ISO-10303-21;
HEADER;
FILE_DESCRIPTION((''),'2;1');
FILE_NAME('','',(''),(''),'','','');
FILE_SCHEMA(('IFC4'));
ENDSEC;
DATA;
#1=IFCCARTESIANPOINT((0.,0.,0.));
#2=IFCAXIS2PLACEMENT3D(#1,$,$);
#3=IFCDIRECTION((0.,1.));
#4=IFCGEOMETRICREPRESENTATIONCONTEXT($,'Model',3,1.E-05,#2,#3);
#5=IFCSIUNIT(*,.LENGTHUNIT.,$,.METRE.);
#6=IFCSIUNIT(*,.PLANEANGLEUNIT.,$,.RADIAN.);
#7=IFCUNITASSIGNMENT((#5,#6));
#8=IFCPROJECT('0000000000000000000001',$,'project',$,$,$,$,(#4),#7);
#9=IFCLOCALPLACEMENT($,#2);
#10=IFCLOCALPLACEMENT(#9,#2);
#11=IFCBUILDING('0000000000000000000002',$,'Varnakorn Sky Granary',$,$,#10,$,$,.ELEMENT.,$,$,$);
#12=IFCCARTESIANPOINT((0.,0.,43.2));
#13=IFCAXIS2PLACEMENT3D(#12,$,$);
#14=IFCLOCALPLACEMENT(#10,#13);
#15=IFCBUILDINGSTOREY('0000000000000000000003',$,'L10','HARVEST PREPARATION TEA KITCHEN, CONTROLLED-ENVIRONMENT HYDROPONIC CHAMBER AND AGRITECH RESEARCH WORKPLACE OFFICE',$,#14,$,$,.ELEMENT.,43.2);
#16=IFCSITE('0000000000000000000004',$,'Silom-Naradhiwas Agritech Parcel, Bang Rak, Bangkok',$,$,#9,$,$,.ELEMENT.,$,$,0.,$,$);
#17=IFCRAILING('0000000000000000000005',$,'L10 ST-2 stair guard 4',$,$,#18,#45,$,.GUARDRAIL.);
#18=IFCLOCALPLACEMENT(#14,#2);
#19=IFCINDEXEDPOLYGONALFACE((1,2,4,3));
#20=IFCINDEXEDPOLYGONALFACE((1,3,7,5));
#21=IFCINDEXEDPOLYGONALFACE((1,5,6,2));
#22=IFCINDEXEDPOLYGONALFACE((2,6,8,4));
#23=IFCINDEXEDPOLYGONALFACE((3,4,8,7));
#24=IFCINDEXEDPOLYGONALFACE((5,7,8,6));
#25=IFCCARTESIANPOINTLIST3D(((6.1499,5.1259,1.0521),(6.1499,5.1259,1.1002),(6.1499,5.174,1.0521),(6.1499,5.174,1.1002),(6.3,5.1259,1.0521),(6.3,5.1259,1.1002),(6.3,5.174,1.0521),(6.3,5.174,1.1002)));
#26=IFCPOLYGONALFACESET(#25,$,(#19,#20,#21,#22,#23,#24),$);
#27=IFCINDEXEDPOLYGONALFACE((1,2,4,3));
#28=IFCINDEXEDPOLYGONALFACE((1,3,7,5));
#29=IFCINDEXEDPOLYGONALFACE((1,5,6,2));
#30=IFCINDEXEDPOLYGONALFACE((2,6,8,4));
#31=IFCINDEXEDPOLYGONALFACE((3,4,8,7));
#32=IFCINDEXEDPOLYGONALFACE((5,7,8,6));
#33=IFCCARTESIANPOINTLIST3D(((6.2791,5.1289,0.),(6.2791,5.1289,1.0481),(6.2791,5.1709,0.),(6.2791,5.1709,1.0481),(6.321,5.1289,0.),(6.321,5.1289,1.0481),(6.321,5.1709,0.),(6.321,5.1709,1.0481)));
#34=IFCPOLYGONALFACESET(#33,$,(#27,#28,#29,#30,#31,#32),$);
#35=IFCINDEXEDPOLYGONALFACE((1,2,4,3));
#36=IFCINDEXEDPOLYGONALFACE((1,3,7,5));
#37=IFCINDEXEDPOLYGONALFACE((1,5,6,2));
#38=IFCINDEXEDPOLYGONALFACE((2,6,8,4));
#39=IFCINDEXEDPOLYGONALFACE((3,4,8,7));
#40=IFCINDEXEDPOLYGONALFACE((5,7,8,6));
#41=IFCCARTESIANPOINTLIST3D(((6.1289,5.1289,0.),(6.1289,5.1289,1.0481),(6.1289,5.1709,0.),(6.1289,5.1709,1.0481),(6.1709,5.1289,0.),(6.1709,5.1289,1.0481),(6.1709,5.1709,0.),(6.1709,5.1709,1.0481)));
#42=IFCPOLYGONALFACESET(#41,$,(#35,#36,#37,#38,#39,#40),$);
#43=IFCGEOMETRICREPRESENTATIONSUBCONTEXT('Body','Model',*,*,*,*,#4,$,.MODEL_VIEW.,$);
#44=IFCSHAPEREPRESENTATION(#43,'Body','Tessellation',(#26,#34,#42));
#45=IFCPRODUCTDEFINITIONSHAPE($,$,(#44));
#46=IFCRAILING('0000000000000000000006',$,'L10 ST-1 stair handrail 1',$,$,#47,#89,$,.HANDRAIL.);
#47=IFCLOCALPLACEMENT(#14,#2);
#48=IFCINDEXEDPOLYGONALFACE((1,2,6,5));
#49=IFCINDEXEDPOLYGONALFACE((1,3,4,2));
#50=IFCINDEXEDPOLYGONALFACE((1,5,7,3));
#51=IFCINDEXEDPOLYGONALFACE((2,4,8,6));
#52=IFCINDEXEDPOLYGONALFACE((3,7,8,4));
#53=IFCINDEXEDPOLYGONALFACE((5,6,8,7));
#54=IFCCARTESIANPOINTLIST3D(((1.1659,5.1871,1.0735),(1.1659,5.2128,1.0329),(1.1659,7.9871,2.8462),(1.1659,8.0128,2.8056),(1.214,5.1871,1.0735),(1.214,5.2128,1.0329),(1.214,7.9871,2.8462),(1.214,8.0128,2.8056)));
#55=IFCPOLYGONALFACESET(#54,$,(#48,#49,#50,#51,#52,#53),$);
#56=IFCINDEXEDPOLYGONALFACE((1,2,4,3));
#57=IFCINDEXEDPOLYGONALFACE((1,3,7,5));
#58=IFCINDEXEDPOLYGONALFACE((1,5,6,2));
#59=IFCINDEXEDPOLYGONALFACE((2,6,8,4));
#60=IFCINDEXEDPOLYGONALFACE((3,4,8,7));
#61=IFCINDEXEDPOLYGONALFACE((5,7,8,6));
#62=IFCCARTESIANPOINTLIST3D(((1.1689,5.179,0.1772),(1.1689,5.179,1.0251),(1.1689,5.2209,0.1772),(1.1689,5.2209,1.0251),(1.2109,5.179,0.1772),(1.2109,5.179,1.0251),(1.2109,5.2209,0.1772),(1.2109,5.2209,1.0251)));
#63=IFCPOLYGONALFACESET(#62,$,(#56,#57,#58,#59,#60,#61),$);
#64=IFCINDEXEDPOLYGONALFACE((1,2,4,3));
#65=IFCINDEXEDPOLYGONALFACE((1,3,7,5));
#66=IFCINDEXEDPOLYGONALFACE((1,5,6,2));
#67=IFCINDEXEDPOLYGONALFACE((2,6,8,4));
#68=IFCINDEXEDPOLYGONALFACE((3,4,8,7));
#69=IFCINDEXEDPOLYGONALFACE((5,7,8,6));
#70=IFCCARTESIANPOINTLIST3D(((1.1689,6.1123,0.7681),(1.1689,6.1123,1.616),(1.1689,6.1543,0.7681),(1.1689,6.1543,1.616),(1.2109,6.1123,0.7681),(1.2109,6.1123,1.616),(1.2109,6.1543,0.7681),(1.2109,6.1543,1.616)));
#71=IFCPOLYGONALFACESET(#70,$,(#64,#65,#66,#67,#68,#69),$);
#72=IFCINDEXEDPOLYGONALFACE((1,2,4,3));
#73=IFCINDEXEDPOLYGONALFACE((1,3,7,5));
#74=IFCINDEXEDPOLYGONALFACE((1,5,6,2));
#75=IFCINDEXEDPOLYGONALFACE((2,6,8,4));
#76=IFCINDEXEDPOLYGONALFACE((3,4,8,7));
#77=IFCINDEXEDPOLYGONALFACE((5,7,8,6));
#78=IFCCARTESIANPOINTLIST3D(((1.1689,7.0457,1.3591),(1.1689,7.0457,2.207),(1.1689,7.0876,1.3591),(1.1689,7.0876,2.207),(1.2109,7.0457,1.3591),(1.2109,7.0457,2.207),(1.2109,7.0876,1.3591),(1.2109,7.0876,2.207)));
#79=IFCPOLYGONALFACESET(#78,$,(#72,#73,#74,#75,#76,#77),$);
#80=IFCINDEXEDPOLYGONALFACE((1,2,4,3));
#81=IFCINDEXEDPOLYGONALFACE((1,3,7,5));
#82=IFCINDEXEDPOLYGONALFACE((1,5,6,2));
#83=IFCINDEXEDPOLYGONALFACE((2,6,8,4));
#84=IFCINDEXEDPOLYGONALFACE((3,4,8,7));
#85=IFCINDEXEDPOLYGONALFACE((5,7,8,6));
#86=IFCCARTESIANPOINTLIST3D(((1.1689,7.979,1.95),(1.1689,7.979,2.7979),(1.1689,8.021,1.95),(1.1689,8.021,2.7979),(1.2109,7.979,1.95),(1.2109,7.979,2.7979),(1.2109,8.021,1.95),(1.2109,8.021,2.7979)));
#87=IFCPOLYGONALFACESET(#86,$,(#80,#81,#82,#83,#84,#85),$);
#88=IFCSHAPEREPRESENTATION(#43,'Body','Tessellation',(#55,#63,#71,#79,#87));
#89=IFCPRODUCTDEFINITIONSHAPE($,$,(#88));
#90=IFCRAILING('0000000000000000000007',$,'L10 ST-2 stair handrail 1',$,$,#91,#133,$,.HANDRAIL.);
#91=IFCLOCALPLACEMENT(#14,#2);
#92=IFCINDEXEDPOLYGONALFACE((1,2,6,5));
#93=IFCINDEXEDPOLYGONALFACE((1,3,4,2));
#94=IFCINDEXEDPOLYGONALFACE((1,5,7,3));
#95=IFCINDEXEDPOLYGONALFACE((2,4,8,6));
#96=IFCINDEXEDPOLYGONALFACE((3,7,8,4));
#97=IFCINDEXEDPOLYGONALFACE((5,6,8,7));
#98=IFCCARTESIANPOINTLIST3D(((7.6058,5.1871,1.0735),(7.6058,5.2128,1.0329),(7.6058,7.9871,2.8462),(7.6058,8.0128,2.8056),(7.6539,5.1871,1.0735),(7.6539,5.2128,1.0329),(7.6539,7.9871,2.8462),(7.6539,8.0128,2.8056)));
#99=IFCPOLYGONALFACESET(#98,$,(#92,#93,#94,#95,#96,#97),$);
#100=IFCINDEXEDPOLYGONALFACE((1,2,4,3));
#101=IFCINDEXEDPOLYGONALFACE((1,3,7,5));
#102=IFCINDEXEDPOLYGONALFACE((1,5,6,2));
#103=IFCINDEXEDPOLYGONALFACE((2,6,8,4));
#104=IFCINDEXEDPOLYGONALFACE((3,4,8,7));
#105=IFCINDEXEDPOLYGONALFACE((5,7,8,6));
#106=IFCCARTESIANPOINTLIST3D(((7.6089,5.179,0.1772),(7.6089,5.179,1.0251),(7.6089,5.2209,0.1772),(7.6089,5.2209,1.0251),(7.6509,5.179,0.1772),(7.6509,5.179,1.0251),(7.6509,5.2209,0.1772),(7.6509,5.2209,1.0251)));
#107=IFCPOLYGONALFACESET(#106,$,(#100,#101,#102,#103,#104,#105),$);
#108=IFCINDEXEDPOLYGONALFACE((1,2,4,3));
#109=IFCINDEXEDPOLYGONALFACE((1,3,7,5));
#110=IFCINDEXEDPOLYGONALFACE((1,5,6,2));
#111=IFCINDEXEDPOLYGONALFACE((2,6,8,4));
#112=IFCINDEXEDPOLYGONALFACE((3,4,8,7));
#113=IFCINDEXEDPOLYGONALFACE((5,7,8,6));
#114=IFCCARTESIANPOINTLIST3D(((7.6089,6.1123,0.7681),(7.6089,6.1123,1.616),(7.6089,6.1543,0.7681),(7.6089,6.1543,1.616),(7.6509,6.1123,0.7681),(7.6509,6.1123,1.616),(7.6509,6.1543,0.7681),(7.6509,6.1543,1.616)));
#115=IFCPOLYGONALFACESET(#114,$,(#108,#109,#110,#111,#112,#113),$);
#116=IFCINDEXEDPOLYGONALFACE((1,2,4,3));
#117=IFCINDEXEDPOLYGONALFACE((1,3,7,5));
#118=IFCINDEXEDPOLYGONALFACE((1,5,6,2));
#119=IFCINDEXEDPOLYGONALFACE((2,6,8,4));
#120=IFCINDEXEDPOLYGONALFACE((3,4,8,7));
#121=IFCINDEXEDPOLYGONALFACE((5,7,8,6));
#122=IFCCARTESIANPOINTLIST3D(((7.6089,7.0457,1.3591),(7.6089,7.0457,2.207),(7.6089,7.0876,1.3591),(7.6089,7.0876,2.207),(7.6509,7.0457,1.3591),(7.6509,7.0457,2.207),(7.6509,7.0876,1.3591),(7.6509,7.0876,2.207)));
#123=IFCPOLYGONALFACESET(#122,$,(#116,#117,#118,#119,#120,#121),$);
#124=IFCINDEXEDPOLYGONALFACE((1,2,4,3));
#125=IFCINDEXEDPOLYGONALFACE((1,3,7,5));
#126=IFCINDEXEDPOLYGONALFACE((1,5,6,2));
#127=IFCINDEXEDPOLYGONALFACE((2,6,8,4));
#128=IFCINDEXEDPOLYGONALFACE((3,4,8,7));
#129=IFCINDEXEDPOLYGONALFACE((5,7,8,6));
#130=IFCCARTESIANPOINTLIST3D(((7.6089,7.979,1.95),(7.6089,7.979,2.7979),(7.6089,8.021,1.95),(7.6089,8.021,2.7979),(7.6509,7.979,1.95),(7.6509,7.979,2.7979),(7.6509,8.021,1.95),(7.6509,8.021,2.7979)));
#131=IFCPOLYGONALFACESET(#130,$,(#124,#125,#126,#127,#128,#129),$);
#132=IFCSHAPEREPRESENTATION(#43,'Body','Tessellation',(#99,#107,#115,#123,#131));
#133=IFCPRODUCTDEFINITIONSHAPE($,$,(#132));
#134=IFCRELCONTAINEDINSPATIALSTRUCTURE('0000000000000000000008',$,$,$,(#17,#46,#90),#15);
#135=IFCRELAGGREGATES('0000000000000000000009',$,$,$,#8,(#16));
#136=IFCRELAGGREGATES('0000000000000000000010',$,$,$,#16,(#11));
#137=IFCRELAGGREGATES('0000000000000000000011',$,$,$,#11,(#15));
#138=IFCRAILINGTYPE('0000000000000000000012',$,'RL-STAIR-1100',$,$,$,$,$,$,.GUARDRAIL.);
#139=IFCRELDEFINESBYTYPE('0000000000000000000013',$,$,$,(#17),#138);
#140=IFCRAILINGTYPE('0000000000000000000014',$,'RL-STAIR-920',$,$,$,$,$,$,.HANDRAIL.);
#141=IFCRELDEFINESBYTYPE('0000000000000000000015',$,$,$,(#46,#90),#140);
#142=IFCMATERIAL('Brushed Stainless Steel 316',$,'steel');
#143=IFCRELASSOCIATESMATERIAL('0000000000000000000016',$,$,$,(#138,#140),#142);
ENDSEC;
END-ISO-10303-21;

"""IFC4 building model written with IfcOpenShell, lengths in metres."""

from ifc_helpers import new_model, si_unit, direction, frame, origin, origin_2d, place, context, subcontext, project, spatial, rectangle, extrude, material, type_object, element, save


model = new_model("IFC4")

# Units and contexts
model_context = context("Model", 3, precision=1e-05, world=origin(), true_north=direction((0.0, 1.0)))
body_context = subcontext(model_context, "Body", "Model", "MODEL_VIEW")
ifc_project = project(units=[si_unit("LENGTHUNIT", "METRE"), si_unit("PLANEANGLEUNIT", "RADIAN")], contexts=[model_context])

# Site, building, storey
site_placement = place(None, origin())
site = spatial("IfcSite", under=ifc_project, at=site_placement, Name="Silom-Naradhiwas Agritech Parcel, Bang Rak, Bangkok", CompositionType="ELEMENT", RefElevation=0.0)
building_placement = place(site_placement, origin())
building = spatial("IfcBuilding", under=site, at=building_placement, Name="Varnakorn Sky Granary", CompositionType="ELEMENT")
storey_placement = place(building_placement, frame((0.0, 0.0, 43.2)))
storey = spatial("IfcBuildingStorey", under=building, at=storey_placement, Name="L10", Description="HARVEST PREPARATION TEA KITCHEN, CONTROLLED-ENVIRONMENT HYDROPONIC CHAMBER AND AGRITECH RESEARCH WORKPLACE OFFICE", CompositionType="ELEMENT", Elevation=43.2)

# Railings
ifc_material_1 = material(Name="Brushed Stainless Steel 316", Category="steel")
railing_type_1 = type_object("IfcRailingType", Name="RL-STAIR-1100", PredefinedType="GUARDRAIL", material=ifc_material_1)
railing_1_placement = place(storey_placement, frame((6.3, 5.1499, 0.0)))
element("IfcRailing", 1, at=railing_1_placement, inside=storey, type_object=railing_type_1, Name="L10 ST-2 stair guard 4", PredefinedType="GUARDRAIL", context=body_context, shape_type="SweptSolid", body=[
    extrude(rectangle(XDim=0.0481, YDim=0.0481, at=origin_2d()), frame((0.0, 0.0, 1.0762), z_axis=(-1.0, 0.0, 0.0), x_axis=(0.0, -1.0, 0.0)), (0.0, 0.0, 1.0), 0.1501),
    extrude(rectangle(XDim=0.042, YDim=0.042, at=origin_2d()), origin(), (0.0, 0.0, 1.0), 1.0481),
    extrude(rectangle(XDim=0.042, YDim=0.042, at=origin_2d()), frame((-0.1501, 0.0, 0.0)), (0.0, 0.0, 1.0), 1.0481),
])
railing_type_2 = type_object("IfcRailingType", Name="RL-STAIR-920", PredefinedType="HANDRAIL", material=ifc_material_1)
for number, where, name in (
    (2, (1.1899, 5.2, 0.1772), "L10 ST-1 stair handrail 1"),
    (3, (7.6299, 5.2, 0.1772), "L10 ST-2 stair handrail 1"),
):
    element("IfcRailing", number, at=place(storey_placement, frame(where)), inside=storey, type_object=railing_type_2, Name=name, PredefinedType="HANDRAIL", context=body_context, shape_type="SweptSolid", body=[
        extrude(rectangle(XDim=0.0481, YDim=0.0481, at=origin_2d()), frame((0.0, 0.0, 0.876), z_axis=(0.0, 0.844909, 0.53491), x_axis=(-1.0, 0.0, 0.0)), (0.0, 0.0, 1.0), 3.314),
        extrude(rectangle(XDim=0.042, YDim=0.042, at=origin_2d()), origin(), (0.0, 0.0, 1.0), 0.8479),
        extrude(rectangle(XDim=0.042, YDim=0.042, at=origin_2d()), frame((0.0, 0.9333, 0.5908)), (0.0, 0.0, 1.0), 0.8479),
        extrude(rectangle(XDim=0.042, YDim=0.042, at=origin_2d()), frame((0.0, 1.8667, 1.1819)), (0.0, 0.0, 1.0), 0.8479),
        extrude(rectangle(XDim=0.042, YDim=0.042, at=origin_2d()), frame((0.0, 2.8, 1.7727)), (0.0, 0.0, 1.0), 0.8479),
    ])

save(model, "model.ifc")
